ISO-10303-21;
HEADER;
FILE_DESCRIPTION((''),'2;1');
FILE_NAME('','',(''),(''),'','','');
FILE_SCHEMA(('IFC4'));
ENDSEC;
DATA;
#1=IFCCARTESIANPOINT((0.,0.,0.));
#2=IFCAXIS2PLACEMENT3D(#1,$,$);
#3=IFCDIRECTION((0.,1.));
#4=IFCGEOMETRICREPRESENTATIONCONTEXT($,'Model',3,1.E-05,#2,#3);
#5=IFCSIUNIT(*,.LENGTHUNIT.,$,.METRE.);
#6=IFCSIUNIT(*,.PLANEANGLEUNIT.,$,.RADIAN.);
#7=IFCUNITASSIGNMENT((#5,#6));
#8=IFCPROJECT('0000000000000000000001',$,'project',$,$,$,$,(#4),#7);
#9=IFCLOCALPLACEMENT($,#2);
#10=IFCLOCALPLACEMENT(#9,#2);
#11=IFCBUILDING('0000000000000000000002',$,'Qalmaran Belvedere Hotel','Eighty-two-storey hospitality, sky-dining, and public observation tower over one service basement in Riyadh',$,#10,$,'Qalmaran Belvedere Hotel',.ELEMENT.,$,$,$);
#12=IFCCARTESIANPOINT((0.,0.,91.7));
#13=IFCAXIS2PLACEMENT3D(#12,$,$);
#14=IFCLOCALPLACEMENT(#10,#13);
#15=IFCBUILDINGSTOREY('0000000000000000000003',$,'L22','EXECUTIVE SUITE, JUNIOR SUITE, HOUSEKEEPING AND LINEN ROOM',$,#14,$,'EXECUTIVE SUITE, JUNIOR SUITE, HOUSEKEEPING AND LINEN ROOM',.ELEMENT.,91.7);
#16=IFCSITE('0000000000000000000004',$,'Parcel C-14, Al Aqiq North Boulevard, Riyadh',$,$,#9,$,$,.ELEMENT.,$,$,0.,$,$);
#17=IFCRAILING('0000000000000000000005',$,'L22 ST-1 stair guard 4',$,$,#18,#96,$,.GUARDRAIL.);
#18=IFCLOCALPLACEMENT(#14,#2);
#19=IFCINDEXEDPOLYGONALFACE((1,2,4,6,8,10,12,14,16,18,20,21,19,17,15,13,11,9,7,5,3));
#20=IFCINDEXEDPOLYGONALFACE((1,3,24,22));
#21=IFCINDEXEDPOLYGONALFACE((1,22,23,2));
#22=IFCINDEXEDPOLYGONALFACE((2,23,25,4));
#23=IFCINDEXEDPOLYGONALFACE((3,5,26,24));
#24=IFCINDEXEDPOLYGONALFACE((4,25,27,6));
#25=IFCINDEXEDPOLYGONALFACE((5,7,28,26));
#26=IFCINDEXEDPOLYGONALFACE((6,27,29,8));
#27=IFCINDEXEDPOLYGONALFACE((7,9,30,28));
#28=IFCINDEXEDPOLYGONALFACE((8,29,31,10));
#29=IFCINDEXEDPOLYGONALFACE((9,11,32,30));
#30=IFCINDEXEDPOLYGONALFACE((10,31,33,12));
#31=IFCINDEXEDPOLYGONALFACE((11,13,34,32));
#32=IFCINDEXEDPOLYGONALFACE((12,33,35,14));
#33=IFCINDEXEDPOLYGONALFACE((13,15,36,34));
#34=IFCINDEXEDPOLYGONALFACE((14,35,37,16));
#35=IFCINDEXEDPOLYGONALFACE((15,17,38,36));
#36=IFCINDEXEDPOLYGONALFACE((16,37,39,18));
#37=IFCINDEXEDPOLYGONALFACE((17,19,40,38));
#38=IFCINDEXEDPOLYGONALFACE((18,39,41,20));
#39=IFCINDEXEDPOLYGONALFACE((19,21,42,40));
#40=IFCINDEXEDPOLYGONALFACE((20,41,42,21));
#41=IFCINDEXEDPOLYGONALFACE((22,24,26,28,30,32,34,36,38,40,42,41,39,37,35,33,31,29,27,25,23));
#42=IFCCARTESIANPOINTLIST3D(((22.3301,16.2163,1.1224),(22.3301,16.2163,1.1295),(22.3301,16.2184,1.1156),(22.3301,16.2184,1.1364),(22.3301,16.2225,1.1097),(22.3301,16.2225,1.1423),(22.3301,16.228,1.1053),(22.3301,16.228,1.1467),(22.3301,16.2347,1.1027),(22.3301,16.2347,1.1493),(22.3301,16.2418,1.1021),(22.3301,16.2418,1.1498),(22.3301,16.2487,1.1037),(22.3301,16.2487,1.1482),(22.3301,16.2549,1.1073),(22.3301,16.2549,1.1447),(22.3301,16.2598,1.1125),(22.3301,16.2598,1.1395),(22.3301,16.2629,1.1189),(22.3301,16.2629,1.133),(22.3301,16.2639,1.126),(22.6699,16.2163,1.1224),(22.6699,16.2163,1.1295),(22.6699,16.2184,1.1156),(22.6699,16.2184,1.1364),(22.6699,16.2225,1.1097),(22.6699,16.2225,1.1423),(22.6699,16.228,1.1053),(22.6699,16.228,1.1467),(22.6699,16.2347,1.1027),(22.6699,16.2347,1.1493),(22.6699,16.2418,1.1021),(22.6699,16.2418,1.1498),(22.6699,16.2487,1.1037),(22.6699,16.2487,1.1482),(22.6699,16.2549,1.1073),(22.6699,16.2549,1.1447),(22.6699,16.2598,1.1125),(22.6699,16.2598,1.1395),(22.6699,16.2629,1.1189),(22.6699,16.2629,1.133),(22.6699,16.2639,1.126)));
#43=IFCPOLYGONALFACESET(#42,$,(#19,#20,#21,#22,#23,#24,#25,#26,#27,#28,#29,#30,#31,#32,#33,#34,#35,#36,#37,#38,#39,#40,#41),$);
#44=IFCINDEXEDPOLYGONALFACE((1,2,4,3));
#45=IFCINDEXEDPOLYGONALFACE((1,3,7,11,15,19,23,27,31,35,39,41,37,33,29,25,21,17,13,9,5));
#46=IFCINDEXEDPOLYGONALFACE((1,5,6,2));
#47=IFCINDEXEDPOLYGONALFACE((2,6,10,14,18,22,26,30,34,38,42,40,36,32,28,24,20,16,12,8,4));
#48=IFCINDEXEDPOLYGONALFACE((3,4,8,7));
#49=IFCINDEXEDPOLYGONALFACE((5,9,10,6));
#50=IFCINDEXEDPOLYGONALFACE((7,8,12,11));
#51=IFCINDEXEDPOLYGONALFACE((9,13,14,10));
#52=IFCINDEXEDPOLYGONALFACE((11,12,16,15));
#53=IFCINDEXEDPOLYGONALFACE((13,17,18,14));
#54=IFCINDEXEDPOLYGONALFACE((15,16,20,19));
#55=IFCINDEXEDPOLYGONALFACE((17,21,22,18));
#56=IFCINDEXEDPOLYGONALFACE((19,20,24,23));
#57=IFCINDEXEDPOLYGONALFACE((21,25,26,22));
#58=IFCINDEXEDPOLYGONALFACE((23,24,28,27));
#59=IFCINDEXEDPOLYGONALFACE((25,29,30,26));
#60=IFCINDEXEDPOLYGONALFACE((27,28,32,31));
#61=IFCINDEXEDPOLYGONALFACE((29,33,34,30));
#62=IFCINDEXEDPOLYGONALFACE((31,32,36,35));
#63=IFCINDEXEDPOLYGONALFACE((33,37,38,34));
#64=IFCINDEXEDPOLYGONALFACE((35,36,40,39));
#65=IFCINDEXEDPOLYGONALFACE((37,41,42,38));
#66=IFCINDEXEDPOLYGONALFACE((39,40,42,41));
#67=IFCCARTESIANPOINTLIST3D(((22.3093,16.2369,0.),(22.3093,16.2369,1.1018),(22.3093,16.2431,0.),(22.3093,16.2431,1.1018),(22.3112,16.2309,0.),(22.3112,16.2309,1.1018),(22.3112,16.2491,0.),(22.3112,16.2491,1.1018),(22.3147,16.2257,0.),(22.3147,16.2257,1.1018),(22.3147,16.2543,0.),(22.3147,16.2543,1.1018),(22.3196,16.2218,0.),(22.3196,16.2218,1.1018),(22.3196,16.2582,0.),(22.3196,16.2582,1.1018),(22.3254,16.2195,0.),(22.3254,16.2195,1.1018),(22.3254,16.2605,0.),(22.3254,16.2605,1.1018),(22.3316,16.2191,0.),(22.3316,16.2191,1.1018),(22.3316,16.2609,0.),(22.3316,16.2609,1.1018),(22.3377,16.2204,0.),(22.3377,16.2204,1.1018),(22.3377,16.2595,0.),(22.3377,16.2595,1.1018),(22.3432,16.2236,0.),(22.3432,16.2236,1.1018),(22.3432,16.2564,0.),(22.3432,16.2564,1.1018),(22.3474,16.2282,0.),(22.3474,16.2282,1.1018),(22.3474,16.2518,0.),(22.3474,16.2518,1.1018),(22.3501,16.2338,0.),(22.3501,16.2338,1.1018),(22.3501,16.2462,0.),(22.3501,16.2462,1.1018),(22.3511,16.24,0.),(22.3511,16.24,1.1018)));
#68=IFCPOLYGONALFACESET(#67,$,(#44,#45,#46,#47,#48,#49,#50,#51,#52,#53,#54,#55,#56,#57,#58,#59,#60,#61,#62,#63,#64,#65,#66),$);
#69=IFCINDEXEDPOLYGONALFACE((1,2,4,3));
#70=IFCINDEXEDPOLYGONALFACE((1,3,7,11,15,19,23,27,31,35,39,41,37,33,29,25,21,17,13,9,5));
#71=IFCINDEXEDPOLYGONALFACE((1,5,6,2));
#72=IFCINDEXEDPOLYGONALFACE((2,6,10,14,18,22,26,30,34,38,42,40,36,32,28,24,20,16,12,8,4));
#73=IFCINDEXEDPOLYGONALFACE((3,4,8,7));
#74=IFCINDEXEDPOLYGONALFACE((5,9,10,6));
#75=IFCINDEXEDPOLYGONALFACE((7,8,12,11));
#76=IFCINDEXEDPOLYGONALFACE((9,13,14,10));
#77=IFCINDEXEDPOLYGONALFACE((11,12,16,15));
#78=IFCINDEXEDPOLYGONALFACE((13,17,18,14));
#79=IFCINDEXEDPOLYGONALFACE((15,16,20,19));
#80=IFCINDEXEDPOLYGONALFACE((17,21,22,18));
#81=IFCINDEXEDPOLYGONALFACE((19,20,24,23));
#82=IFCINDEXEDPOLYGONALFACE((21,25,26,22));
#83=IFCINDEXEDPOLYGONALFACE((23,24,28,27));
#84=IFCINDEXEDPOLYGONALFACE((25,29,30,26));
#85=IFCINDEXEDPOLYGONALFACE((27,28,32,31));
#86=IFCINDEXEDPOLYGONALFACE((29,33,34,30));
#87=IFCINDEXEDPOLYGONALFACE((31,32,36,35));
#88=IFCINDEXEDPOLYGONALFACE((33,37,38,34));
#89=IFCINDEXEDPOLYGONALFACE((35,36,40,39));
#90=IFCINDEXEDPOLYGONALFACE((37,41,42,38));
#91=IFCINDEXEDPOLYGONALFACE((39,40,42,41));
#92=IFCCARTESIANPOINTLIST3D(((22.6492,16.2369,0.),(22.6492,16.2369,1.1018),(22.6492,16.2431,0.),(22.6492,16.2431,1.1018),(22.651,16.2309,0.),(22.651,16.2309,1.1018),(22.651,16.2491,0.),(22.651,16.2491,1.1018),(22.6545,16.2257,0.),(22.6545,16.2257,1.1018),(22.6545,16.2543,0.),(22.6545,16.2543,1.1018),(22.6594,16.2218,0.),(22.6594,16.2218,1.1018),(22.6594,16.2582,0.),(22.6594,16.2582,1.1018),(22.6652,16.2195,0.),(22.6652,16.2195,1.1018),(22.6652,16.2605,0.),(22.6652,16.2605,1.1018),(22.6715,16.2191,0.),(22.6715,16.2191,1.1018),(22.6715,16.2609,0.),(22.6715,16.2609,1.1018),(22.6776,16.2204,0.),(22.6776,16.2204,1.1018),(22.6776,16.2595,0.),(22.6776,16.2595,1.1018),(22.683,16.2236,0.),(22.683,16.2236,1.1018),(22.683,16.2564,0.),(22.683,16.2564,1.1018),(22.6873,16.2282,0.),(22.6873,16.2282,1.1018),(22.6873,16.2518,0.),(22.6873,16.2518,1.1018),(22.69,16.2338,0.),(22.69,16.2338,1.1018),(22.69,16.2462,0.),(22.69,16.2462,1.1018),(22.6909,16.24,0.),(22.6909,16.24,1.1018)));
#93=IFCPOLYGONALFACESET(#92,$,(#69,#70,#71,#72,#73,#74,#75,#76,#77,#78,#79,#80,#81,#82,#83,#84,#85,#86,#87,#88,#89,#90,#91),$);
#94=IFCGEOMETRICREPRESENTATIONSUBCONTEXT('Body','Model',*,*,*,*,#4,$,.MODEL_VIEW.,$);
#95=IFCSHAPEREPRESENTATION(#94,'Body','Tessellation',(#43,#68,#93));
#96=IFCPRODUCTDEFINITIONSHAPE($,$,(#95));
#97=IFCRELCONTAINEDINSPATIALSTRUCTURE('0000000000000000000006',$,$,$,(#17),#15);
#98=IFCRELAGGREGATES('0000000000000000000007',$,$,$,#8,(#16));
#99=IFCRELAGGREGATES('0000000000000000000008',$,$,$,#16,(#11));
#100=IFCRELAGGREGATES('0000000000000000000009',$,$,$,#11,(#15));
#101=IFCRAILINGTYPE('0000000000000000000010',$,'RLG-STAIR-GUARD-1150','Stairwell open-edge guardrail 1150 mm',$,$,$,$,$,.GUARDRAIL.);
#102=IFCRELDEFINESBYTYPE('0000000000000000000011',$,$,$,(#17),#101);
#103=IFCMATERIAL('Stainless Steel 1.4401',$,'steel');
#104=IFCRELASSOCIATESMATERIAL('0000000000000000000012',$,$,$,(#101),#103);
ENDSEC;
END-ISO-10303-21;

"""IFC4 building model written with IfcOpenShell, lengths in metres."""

from ifc_helpers import new_model, si_unit, direction, frame, origin, origin_2d, place, context, subcontext, project, spatial, circle, extrude, material, type_object, element, save


model = new_model("IFC4")

# Units and contexts
model_context = context("Model", 3, precision=1e-05, world=origin(), true_north=direction((0.0, 1.0)))
body_context = subcontext(model_context, "Body", "Model", "MODEL_VIEW")
ifc_project = project(units=[si_unit("LENGTHUNIT", "METRE"), si_unit("PLANEANGLEUNIT", "RADIAN")], contexts=[model_context])

# Site, building, storey
site_placement = place(None, origin())
site = spatial("IfcSite", under=ifc_project, at=site_placement, Name="Parcel C-14, Al Aqiq North Boulevard, Riyadh", CompositionType="ELEMENT", RefElevation=0.0)
building_placement = place(site_placement, origin())
building = spatial("IfcBuilding", under=site, at=building_placement, Name="Qalmaran Belvedere Hotel", Description="Eighty-two-storey hospitality, sky-dining, and public observation tower over one service basement in Riyadh", LongName="Qalmaran Belvedere Hotel", CompositionType="ELEMENT")
storey_placement = place(building_placement, frame((0.0, 0.0, 91.7)))
storey = spatial("IfcBuildingStorey", under=building, at=storey_placement, Name="L22", Description="EXECUTIVE SUITE, JUNIOR SUITE, HOUSEKEEPING AND LINEN ROOM", LongName="EXECUTIVE SUITE, JUNIOR SUITE, HOUSEKEEPING AND LINEN ROOM", CompositionType="ELEMENT", Elevation=91.7)

# Shared definitions
ifc_material_1 = material(Name="Stainless Steel 1.4401", Category="steel")

# Railing
railing_type_1 = type_object("IfcRailingType", Name="RLG-STAIR-GUARD-1150", Description="Stairwell open-edge guardrail 1150 mm", PredefinedType="GUARDRAIL", material=ifc_material_1)
railing_1_placement = place(storey_placement, frame((22.3301, 16.24, 0.0)))
element("IfcRailing", 1, at=railing_1_placement, inside=storey, type_object=railing_type_1, Name="L22 ST-1 stair guard 4", PredefinedType="GUARDRAIL", context=body_context, shape_type="SweptSolid", body=[
    extrude(circle(Radius=0.0239, at=origin_2d()), frame((0.0, 0.0, 1.126), z_axis=(1.0, 0.0, 0.0), x_axis=(0.0, 1.0, 0.0)), (0.0, 0.0, 1.0), 0.3398),
    extrude(circle(Radius=0.021, at=origin_2d()), origin(), (0.0, 0.0, 1.0), 1.1018),
    extrude(circle(Radius=0.021, at=origin_2d()), frame((0.3398, 0.0, 0.0)), (0.0, 0.0, 1.0), 1.1018),
])

save(model, "model.ifc")
